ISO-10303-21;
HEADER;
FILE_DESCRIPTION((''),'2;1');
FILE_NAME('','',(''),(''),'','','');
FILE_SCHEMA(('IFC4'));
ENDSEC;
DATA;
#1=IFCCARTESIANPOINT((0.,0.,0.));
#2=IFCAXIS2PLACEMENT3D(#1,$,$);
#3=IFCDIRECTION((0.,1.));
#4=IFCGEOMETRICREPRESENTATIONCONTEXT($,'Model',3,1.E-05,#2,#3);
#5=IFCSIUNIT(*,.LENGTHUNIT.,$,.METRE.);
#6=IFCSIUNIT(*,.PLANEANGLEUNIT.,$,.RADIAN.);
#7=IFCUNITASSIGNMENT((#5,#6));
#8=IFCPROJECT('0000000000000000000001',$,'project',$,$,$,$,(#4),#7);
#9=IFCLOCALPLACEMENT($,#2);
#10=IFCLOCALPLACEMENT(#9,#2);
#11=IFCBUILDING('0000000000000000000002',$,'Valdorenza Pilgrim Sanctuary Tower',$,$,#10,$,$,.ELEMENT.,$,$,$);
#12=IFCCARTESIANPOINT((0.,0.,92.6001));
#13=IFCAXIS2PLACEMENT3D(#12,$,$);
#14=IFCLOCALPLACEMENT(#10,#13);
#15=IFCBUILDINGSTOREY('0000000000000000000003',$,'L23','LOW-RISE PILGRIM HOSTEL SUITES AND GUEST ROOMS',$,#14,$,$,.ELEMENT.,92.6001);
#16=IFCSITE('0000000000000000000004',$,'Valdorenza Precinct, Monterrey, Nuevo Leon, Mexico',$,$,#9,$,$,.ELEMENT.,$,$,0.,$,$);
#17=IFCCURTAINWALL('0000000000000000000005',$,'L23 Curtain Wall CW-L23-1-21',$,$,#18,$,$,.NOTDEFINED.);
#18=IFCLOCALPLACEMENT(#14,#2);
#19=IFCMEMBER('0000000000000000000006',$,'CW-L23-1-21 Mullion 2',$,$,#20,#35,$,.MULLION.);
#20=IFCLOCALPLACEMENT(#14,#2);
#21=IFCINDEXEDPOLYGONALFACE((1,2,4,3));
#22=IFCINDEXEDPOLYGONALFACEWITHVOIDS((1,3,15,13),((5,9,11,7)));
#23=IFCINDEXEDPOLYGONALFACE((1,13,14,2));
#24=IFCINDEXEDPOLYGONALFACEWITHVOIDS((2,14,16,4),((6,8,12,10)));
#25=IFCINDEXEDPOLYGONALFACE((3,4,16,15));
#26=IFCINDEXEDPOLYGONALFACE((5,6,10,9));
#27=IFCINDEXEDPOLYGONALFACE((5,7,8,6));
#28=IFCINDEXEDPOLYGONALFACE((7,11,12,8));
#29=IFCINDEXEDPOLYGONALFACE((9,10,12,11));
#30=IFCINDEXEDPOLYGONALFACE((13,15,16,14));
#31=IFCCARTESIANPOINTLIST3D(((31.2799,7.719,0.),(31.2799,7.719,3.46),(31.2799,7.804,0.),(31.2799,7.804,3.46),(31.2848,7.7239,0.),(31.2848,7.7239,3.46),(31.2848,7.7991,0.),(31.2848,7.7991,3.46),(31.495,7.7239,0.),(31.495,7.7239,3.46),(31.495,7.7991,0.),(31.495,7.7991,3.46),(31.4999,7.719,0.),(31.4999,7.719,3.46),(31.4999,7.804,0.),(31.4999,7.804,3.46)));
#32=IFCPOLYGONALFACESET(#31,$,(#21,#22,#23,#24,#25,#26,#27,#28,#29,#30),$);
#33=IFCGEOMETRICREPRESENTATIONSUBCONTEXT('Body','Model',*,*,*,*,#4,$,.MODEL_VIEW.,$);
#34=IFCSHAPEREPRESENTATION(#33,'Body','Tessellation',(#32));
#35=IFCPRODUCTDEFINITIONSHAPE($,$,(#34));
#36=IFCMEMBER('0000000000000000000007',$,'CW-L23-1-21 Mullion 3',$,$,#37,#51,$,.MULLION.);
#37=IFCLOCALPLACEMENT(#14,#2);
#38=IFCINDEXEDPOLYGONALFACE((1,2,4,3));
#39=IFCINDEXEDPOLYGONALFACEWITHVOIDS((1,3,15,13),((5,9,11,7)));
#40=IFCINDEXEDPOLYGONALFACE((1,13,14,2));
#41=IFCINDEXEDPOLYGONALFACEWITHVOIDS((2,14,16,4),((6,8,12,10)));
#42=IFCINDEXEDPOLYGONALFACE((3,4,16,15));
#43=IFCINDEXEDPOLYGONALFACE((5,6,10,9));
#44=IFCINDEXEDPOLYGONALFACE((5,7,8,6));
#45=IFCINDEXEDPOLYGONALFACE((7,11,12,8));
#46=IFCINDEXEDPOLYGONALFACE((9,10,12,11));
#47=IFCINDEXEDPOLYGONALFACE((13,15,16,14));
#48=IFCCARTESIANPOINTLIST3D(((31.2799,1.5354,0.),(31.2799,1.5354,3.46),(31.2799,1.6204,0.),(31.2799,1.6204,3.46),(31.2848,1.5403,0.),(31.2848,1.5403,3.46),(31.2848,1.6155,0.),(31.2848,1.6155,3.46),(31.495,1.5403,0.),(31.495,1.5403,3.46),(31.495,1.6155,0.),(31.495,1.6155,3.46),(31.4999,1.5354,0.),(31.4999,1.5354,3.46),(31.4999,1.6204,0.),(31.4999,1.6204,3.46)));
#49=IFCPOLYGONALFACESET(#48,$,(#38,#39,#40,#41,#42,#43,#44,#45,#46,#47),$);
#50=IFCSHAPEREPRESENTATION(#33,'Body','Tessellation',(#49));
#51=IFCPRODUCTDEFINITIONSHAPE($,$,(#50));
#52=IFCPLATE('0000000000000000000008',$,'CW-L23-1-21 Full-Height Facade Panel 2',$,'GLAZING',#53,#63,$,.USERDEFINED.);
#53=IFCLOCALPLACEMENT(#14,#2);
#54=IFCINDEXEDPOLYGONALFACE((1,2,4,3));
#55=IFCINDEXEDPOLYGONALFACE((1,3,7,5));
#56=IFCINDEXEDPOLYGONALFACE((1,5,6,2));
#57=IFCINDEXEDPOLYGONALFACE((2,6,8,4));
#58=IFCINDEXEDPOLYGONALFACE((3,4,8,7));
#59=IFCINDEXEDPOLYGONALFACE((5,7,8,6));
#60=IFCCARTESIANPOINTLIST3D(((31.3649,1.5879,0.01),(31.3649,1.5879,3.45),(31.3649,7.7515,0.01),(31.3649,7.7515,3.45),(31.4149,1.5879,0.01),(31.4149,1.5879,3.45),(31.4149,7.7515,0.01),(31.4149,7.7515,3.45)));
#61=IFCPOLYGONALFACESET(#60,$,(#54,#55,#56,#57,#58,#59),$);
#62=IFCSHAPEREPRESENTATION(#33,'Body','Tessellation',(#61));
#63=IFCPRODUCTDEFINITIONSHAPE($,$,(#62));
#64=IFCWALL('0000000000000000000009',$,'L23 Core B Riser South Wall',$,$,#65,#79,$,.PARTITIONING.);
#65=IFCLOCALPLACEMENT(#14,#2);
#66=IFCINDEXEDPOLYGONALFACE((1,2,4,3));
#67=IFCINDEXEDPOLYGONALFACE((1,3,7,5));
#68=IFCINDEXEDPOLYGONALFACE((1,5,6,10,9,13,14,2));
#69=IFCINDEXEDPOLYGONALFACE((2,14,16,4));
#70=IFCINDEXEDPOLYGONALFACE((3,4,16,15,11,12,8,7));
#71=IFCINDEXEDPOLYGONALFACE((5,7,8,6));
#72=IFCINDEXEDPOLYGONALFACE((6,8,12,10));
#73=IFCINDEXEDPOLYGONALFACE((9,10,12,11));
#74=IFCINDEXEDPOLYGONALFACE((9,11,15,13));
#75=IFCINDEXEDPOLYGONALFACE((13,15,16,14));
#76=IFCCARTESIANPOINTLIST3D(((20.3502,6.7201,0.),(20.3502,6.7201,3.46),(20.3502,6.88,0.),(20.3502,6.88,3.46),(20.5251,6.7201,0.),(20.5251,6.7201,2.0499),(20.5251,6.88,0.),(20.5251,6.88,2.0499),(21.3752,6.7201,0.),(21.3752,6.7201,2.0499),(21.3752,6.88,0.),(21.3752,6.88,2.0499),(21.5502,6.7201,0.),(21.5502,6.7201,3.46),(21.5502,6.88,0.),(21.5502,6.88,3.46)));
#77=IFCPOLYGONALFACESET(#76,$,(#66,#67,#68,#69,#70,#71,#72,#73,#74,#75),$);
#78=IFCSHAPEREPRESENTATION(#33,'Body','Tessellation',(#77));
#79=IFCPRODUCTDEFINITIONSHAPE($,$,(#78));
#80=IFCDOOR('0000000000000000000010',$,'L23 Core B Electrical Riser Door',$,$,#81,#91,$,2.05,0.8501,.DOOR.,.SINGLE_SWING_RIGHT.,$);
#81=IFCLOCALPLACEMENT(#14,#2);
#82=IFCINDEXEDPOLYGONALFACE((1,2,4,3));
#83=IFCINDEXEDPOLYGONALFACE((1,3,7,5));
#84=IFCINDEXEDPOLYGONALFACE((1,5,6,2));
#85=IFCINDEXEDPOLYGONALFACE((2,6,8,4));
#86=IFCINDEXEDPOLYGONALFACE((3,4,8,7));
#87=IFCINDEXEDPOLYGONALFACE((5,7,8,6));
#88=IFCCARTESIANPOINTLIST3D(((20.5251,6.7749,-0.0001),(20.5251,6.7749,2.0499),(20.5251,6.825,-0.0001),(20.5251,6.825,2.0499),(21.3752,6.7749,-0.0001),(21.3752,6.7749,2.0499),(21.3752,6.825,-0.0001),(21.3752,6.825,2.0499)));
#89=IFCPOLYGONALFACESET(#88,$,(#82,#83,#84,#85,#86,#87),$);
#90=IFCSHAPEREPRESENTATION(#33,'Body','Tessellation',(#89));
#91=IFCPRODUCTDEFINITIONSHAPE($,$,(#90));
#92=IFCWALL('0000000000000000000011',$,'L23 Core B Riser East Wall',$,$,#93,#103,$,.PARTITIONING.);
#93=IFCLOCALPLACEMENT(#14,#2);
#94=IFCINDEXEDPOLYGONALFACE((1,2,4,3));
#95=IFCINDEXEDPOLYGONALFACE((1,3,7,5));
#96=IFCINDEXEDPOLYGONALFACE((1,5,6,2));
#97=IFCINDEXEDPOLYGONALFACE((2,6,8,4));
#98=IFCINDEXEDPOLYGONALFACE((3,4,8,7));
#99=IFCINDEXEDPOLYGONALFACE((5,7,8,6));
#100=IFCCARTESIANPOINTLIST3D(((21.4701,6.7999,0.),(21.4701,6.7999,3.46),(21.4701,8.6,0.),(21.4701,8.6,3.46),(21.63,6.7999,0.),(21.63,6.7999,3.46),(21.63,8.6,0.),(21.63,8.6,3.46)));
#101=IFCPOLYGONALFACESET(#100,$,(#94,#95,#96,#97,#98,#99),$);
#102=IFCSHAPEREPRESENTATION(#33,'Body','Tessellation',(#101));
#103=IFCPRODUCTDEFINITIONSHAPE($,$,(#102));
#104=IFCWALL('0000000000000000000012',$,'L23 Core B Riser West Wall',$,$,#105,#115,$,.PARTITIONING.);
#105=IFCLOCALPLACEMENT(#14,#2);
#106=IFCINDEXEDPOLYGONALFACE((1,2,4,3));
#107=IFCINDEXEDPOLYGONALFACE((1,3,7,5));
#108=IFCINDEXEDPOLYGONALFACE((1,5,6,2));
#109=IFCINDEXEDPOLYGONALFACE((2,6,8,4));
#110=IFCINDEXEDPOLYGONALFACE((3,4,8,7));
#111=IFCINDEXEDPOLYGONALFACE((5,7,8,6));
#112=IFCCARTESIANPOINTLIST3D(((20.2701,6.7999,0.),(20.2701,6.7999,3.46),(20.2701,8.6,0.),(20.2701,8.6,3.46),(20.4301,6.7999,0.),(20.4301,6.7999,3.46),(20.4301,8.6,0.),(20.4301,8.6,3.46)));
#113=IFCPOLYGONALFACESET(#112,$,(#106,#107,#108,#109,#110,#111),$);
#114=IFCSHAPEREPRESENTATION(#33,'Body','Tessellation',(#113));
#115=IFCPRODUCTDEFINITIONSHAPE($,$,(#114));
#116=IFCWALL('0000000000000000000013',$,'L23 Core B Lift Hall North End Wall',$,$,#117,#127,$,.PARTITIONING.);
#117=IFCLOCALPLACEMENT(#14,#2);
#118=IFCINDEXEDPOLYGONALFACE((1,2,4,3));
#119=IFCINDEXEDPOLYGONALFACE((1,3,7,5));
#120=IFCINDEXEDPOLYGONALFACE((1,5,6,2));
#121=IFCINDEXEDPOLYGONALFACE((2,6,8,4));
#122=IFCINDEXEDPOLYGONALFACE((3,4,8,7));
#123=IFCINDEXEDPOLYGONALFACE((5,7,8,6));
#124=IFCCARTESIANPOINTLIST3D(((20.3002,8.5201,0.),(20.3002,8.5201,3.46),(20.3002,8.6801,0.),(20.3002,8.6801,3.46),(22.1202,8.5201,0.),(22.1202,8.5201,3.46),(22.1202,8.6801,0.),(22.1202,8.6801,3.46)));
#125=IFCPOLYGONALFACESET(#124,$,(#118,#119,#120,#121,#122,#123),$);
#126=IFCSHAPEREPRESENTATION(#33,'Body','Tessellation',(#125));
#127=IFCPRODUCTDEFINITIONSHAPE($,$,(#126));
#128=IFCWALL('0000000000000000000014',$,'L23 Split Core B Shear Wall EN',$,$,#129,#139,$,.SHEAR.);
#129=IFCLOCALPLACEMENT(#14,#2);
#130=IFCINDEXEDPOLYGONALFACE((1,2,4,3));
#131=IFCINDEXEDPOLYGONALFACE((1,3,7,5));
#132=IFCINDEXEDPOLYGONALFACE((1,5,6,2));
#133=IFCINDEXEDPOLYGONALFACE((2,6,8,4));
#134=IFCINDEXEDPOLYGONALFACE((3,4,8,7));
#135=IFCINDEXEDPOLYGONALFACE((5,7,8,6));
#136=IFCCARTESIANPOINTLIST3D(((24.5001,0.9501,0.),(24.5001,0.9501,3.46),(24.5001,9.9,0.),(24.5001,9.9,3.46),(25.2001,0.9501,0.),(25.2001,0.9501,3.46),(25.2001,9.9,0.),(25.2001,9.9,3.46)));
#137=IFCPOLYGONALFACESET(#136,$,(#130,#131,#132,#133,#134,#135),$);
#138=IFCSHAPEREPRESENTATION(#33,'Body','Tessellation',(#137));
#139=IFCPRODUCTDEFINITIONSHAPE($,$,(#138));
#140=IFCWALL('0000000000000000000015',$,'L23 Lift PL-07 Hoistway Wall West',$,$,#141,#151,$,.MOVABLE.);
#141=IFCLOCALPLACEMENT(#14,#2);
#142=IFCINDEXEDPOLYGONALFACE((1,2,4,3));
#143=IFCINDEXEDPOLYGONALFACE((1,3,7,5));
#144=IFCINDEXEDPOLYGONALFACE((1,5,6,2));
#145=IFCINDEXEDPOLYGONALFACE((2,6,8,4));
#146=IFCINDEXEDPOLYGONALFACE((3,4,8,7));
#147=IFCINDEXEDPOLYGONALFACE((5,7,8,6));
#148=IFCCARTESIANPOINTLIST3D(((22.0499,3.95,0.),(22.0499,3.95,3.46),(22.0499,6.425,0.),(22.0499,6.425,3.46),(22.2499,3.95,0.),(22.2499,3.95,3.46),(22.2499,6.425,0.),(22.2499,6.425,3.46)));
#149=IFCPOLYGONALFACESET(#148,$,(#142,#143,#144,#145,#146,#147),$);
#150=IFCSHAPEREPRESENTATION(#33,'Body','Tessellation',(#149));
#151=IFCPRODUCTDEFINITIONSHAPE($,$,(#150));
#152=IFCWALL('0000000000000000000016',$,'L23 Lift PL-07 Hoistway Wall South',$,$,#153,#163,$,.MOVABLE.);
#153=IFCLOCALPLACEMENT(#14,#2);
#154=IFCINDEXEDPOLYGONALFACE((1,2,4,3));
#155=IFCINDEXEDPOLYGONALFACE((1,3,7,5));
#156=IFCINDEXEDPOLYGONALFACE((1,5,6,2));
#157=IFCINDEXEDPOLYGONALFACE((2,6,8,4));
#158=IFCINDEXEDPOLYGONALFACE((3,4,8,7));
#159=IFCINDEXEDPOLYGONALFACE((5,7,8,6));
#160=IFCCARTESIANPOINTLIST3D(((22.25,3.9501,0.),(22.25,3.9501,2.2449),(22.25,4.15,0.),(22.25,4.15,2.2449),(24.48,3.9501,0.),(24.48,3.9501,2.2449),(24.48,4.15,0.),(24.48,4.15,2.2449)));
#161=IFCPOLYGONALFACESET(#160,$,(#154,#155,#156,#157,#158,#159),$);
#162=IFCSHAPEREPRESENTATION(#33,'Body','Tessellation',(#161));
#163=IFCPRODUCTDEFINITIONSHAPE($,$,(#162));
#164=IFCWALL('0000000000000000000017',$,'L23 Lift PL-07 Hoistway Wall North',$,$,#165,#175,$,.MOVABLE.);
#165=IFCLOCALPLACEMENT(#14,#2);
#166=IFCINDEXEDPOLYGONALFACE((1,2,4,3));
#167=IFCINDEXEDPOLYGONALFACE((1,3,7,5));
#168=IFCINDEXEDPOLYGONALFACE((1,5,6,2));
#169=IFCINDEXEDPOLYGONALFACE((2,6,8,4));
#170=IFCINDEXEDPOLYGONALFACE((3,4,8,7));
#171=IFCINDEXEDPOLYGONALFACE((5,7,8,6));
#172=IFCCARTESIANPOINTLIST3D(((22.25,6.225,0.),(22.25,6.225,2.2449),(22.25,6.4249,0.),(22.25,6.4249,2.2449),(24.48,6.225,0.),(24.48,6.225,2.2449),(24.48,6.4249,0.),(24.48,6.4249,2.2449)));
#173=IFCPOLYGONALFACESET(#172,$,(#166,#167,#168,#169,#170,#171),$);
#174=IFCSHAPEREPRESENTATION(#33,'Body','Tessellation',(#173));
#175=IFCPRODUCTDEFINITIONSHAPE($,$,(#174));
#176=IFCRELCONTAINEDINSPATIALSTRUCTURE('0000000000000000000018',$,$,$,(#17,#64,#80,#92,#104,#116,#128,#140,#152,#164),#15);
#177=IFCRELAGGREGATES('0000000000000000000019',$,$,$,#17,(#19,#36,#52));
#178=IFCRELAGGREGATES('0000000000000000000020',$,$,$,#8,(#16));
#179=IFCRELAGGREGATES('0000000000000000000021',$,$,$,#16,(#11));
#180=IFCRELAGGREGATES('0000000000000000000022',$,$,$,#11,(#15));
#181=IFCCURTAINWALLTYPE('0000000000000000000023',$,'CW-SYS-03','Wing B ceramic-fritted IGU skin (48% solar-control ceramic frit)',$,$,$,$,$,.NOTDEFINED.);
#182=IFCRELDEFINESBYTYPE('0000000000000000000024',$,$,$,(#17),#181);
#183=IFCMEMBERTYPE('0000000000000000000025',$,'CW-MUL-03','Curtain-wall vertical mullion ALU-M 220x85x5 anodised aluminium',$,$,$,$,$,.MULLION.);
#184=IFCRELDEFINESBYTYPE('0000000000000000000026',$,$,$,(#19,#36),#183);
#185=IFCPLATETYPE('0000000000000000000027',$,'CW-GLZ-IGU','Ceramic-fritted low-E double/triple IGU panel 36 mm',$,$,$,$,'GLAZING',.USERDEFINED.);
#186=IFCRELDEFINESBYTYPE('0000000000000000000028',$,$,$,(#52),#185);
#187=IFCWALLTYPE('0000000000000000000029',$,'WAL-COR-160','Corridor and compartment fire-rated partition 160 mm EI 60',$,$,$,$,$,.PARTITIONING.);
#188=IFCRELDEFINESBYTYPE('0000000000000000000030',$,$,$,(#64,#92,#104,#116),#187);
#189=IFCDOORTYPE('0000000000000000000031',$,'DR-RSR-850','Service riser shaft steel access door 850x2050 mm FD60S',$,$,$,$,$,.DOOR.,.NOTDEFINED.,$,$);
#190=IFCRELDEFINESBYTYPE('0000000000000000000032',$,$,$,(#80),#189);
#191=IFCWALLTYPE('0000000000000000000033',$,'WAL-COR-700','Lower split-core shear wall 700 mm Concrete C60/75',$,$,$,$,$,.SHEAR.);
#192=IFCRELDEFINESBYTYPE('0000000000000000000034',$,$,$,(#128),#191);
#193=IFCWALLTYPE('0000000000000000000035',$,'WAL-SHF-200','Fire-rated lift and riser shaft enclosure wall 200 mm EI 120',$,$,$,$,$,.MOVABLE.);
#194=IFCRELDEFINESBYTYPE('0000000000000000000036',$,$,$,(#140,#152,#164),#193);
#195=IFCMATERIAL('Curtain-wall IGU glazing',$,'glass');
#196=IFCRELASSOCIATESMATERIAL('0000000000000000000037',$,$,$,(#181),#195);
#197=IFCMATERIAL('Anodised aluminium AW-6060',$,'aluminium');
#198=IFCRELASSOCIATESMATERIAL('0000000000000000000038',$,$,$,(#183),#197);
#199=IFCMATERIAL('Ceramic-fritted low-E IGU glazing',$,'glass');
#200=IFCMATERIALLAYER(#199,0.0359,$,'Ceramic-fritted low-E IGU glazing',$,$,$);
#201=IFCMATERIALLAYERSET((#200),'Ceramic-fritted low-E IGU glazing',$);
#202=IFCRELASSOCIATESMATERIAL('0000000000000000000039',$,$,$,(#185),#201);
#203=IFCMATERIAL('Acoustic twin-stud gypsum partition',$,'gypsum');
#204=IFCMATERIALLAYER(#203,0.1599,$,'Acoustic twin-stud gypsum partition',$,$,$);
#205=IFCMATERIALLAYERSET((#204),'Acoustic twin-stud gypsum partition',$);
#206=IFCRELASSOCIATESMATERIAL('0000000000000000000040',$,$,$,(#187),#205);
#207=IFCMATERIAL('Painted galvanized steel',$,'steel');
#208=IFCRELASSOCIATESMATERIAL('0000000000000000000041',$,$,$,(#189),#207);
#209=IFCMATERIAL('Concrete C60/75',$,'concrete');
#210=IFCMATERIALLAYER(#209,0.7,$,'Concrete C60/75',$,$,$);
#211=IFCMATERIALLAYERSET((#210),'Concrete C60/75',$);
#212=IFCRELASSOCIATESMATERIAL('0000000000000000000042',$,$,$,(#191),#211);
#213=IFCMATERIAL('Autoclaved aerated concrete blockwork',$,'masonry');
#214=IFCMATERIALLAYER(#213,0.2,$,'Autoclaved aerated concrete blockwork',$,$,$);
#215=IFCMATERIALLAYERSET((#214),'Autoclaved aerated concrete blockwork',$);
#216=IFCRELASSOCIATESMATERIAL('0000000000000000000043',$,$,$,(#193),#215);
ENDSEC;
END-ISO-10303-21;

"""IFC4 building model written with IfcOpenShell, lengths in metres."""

from ifc_helpers import new_model, si_unit, direction, frame, frame_2d, origin, origin_2d, place, context, subcontext, project, spatial, rectangle, hollow_rectangle, extrude, source, transform, mapped, material, layer, layer_set, material_profile, profile_set, type_object, element, fill, aggregate, save


model = new_model("IFC4")

# Units and contexts
model_context = context("Model", 3, precision=1e-05, world=origin(), true_north=direction((0.0, 1.0)))
body_context = subcontext(model_context, "Body", "Model", "MODEL_VIEW")
ifc_project = project(units=[si_unit("LENGTHUNIT", "METRE"), si_unit("PLANEANGLEUNIT", "RADIAN")], contexts=[model_context])

# Site, building, storey
site_placement = place(None, origin())
site = spatial("IfcSite", under=ifc_project, at=site_placement, Name="Valdorenza Precinct, Monterrey, Nuevo Leon, Mexico", CompositionType="ELEMENT", RefElevation=0.0)
building_placement = place(site_placement, origin())
building = spatial("IfcBuilding", under=site, at=building_placement, Name="Valdorenza Pilgrim Sanctuary Tower", CompositionType="ELEMENT")
storey_placement = place(building_placement, frame((0.0, 0.0, 92.6001)))
storey = spatial("IfcBuildingStorey", under=building, at=storey_placement, Name="L23", Description="LOW-RISE PILGRIM HOSTEL SUITES AND GUEST ROOMS", CompositionType="ELEMENT", Elevation=92.6001)

# Shared definitions
ifc_material_1 = material(Name="Concrete C60/75", Category="concrete")

# Curtain wall, members, plate
ifc_material_2 = material(Name="Curtain-wall IGU glazing", Category="glass")
curtain_wall_type = type_object("IfcCurtainWallType", Name="CW-SYS-03", Description="Wing B ceramic-fritted IGU skin (48% solar-control ceramic frit)", PredefinedType="NOTDEFINED", material=ifc_material_2)
curtain_wall_placement = place(storey_placement, origin())
curtain_wall = element("IfcCurtainWall", 1, at=curtain_wall_placement, inside=storey, type_object=curtain_wall_type, Name="L23 Curtain Wall CW-L23-1-21", PredefinedType="NOTDEFINED")
ifc_material_3 = material(Name="Anodised aluminium AW-6060", Category="aluminium")
ifc_material_profile_1 = material_profile(ifc_material_3, hollow_rectangle(XDim=0.085, YDim=0.22, WallThickness=0.0049, at=origin_2d()), Name="ALU-M 220x85x5")
ifc_profile_set_1 = profile_set([ifc_material_profile_1], Name="Anodised aluminium AW-6060")
member_type = type_object("IfcMemberType", Name="CW-MUL-03", Description="Curtain-wall vertical mullion ALU-M 220x85x5 anodised aluminium", PredefinedType="MULLION", material=ifc_profile_set_1)
shared_shape_1 = source(origin(), body_context, "Body", "SweptSolid", [
    extrude(hollow_rectangle(XDim=0.085, YDim=0.22, WallThickness=0.0049, at=origin_2d()), origin(), (0.0, 0.0, 1.0), 3.46),
])
member_1_placement = place(storey_placement, frame((31.3899, 7.7615, 0.0), z_axis=(0.0, 0.0, 1.0), x_axis=(0.0, -1.0, 0.0)))
member_1 = element("IfcMember", 2, at=member_1_placement, type_object=member_type, Name="CW-L23-1-21 Mullion 2", PredefinedType="MULLION", context=body_context, shape_type="MappedRepresentation", body=[
    mapped(shared_shape_1, transform((0.0, 0.0, 0.0), x_axis=(1.0, 0.0, 0.0), y_axis=(0.0, 1.0, 0.0), z_axis=(0.0, 0.0, 1.0), scale=1.0)),
])
member_2_placement = place(storey_placement, frame((31.3899, 1.5779, 0.0), z_axis=(0.0, 0.0, 1.0), x_axis=(0.0, -1.0, 0.0)))
member_2 = element("IfcMember", 3, at=member_2_placement, type_object=member_type, Name="CW-L23-1-21 Mullion 3", PredefinedType="MULLION", context=body_context, shape_type="MappedRepresentation", body=[
    mapped(shared_shape_1, transform((0.0, 0.0, 0.0), x_axis=(1.0, 0.0, 0.0), y_axis=(0.0, 1.0, 0.0), z_axis=(0.0, 0.0, 1.0), scale=1.0)),
])
ifc_material_4 = material(Name="Ceramic-fritted low-E IGU glazing", Category="glass")
ifc_layer_1 = layer(ifc_material_4, 0.0359, Name="Ceramic-fritted low-E IGU glazing")
ifc_layer_set_1 = layer_set([ifc_layer_1], Name="Ceramic-fritted low-E IGU glazing")
plate_type = type_object("IfcPlateType", Name="CW-GLZ-IGU", Description="Ceramic-fritted low-E double/triple IGU panel 36 mm", ElementType="GLAZING", PredefinedType="USERDEFINED", material=ifc_layer_set_1)
shared_shape_2 = source(origin(), body_context, "Body", "SweptSolid", [
    extrude(rectangle(XDim=6.1636, YDim=0.05, at=origin_2d()), origin(), (0.0, 0.0, 1.0), 3.4399),
])
plate_placement = place(storey_placement, frame((31.3899, 4.6697, 0.01), z_axis=(0.0, 0.0, 1.0), x_axis=(0.0, -1.0, 0.0)))
plate = element("IfcPlate", 4, at=plate_placement, type_object=plate_type, Name="CW-L23-1-21 Full-Height Facade Panel 2", ObjectType="GLAZING", PredefinedType="USERDEFINED", context=body_context, shape_type="MappedRepresentation", body=[
    mapped(shared_shape_2, transform((0.0, 0.0, 0.0), x_axis=(1.0, 0.0, 0.0), y_axis=(0.0, 1.0, 0.0), z_axis=(0.0, 0.0, 1.0), scale=1.0)),
])
aggregate(curtain_wall, [member_1, member_2, plate])

# Wall, opening, door
ifc_material_5 = material(Name="Acoustic twin-stud gypsum partition", Category="gypsum")
ifc_layer_2 = layer(ifc_material_5, 0.1599, Name="Acoustic twin-stud gypsum partition")
ifc_layer_set_2 = layer_set([ifc_layer_2], Name="Acoustic twin-stud gypsum partition")
wall_type_1 = type_object("IfcWallType", Name="WAL-COR-160", Description="Corridor and compartment fire-rated partition 160 mm EI 60", PredefinedType="PARTITIONING", material=ifc_layer_set_2)
wall_1_placement = place(storey_placement, frame((20.3501, 6.8, 0.0), z_axis=(0.0, 0.0, 1.0), x_axis=(1.0, 0.0, 0.0)))
wall_1 = element("IfcWall", 5, at=wall_1_placement, inside=storey, type_object=wall_type_1, Name="L23 Core B Riser South Wall", PredefinedType="PARTITIONING", context=body_context, shape_type="SweptSolid", body=[
    extrude(rectangle(XDim=1.2, YDim=0.1599, at=frame_2d((0.6001, 0.0))), origin(), (0.0, 0.0, 1.0), 3.46),
])
opening_1_placement = place(wall_1_placement, frame((0.175, 0.0, 0.0)))
opening_1 = element("IfcOpeningElement", 6, at=opening_1_placement, cuts=wall_1, PredefinedType="OPENING", context=body_context, shape_type="SweptSolid", body=[
    extrude(rectangle(XDim=0.8501, YDim=2.05, at=frame_2d((0.425, 1.0249))), frame((0.0, 0.0947, 0.0), z_axis=(0.0, -1.0, 0.0), x_axis=(1.0, 0.0, 0.0)), (0.0, 0.0, 1.0), 0.1897),
])
ifc_material_6 = material(Name="Painted galvanized steel", Category="steel")
door_type_1 = type_object("IfcDoorType", Name="DR-RSR-850", Description="Service riser shaft steel access door 850x2050 mm FD60S", OperationType="NOTDEFINED", PredefinedType="DOOR", material=ifc_material_6)
door_1_placement = place(opening_1_placement, origin())
door_1 = element("IfcDoor", 7, at=door_1_placement, inside=storey, type_object=door_type_1, Name="L23 Core B Electrical Riser Door", OperationType="SINGLE_SWING_RIGHT", OverallHeight=2.05, OverallWidth=0.8501, PredefinedType="DOOR", context=body_context, shape_type="SweptSolid", body=[
    extrude(rectangle(XDim=0.8501, YDim=2.05, at=frame_2d((0.425, 1.0249))), frame((0.0, 0.0249, 0.0), z_axis=(0.0, -1.0, 0.0), x_axis=(1.0, 0.0, 0.0)), (0.0, 0.0, 1.0), 0.05),
])
fill(opening_1, door_1)

# Walls
for number, where, z_axis, x_axis, name in (
    (8, (21.55, 6.8, 0.0), (0.0, 0.0, 1.0), (0.0, 1.0, 0.0), "L23 Core B Riser East Wall"),
    (9, (20.3501, 6.8, 0.0), (0.0, 0.0, 1.0), (0.0, 1.0, 0.0), "L23 Core B Riser West Wall"),
):
    element("IfcWall", number, at=place(storey_placement, frame(where, z_axis=z_axis, x_axis=x_axis)), inside=storey, type_object=wall_type_1, Name=name, PredefinedType="PARTITIONING", context=body_context, shape_type="SweptSolid", body=[
        extrude(rectangle(XDim=1.8, YDim=0.1599, at=frame_2d((0.8999, 0.0))), origin(), (0.0, 0.0, 1.0), 3.46),
    ])
wall_2_placement = place(storey_placement, frame((20.3, 8.6001, 0.0), z_axis=(0.0, 0.0, 1.0), x_axis=(1.0, 0.0, 0.0)))
element("IfcWall", 10, at=wall_2_placement, inside=storey, type_object=wall_type_1, Name="L23 Core B Lift Hall North End Wall", PredefinedType="PARTITIONING", context=body_context, shape_type="SweptSolid", body=[
    extrude(rectangle(XDim=1.8201, YDim=0.1599, at=frame_2d((0.9102, 0.0))), origin(), (0.0, 0.0, 1.0), 3.46),
])
ifc_layer_3 = layer(ifc_material_1, 0.7, Name="Concrete C60/75")
ifc_layer_set_3 = layer_set([ifc_layer_3], Name="Concrete C60/75")
wall_type_2 = type_object("IfcWallType", Name="WAL-COR-700", Description="Lower split-core shear wall 700 mm Concrete C60/75", PredefinedType="SHEAR", material=ifc_layer_set_3)
wall_3_placement = place(storey_placement, frame((24.8501, 0.95, 0.0), z_axis=(0.0, 0.0, 1.0), x_axis=(0.0, 1.0, 0.0)))
element("IfcWall", 11, at=wall_3_placement, inside=storey, type_object=wall_type_2, Name="L23 Split Core B Shear Wall EN", PredefinedType="SHEAR", context=body_context, shape_type="SweptSolid", body=[
    extrude(rectangle(XDim=8.95, YDim=0.7, at=frame_2d((4.4751, 0.0))), origin(), (0.0, 0.0, 1.0), 3.46),
])
ifc_material_7 = material(Name="Autoclaved aerated concrete blockwork", Category="masonry")
ifc_layer_4 = layer(ifc_material_7, 0.2, Name="Autoclaved aerated concrete blockwork")
ifc_layer_set_4 = layer_set([ifc_layer_4], Name="Autoclaved aerated concrete blockwork")
wall_type_3 = type_object("IfcWallType", Name="WAL-SHF-200", Description="Fire-rated lift and riser shaft enclosure wall 200 mm EI 120", PredefinedType="MOVABLE", material=ifc_layer_set_4)
wall_4_placement = place(storey_placement, frame((22.1499, 3.95, 0.0), z_axis=(0.0, 0.0, 1.0), x_axis=(0.0, 1.0, 0.0)))
element("IfcWall", 12, at=wall_4_placement, inside=storey, type_object=wall_type_3, Name="L23 Lift PL-07 Hoistway Wall West", PredefinedType="MOVABLE", context=body_context, shape_type="SweptSolid", body=[
    extrude(rectangle(XDim=2.4751, YDim=0.2, at=frame_2d((1.2375, 0.0))), origin(), (0.0, 0.0, 1.0), 3.46),
])
for number, where, z_axis, x_axis, name in (
    (13, (22.25, 4.05, 0.0), (0.0, 0.0, 1.0), (1.0, 0.0, 0.0), "L23 Lift PL-07 Hoistway Wall South"),
    (14, (22.25, 6.325, 0.0), (0.0, 0.0, 1.0), (1.0, 0.0, 0.0), "L23 Lift PL-07 Hoistway Wall North"),
):
    element("IfcWall", number, at=place(storey_placement, frame(where, z_axis=z_axis, x_axis=x_axis)), inside=storey, type_object=wall_type_3, Name=name, PredefinedType="MOVABLE", context=body_context, shape_type="SweptSolid", body=[
        extrude(rectangle(XDim=2.23, YDim=0.2, at=frame_2d((1.115, 0.0))), origin(), (0.0, 0.0, 1.0), 2.2449),
    ])

save(model, "model.ifc")
